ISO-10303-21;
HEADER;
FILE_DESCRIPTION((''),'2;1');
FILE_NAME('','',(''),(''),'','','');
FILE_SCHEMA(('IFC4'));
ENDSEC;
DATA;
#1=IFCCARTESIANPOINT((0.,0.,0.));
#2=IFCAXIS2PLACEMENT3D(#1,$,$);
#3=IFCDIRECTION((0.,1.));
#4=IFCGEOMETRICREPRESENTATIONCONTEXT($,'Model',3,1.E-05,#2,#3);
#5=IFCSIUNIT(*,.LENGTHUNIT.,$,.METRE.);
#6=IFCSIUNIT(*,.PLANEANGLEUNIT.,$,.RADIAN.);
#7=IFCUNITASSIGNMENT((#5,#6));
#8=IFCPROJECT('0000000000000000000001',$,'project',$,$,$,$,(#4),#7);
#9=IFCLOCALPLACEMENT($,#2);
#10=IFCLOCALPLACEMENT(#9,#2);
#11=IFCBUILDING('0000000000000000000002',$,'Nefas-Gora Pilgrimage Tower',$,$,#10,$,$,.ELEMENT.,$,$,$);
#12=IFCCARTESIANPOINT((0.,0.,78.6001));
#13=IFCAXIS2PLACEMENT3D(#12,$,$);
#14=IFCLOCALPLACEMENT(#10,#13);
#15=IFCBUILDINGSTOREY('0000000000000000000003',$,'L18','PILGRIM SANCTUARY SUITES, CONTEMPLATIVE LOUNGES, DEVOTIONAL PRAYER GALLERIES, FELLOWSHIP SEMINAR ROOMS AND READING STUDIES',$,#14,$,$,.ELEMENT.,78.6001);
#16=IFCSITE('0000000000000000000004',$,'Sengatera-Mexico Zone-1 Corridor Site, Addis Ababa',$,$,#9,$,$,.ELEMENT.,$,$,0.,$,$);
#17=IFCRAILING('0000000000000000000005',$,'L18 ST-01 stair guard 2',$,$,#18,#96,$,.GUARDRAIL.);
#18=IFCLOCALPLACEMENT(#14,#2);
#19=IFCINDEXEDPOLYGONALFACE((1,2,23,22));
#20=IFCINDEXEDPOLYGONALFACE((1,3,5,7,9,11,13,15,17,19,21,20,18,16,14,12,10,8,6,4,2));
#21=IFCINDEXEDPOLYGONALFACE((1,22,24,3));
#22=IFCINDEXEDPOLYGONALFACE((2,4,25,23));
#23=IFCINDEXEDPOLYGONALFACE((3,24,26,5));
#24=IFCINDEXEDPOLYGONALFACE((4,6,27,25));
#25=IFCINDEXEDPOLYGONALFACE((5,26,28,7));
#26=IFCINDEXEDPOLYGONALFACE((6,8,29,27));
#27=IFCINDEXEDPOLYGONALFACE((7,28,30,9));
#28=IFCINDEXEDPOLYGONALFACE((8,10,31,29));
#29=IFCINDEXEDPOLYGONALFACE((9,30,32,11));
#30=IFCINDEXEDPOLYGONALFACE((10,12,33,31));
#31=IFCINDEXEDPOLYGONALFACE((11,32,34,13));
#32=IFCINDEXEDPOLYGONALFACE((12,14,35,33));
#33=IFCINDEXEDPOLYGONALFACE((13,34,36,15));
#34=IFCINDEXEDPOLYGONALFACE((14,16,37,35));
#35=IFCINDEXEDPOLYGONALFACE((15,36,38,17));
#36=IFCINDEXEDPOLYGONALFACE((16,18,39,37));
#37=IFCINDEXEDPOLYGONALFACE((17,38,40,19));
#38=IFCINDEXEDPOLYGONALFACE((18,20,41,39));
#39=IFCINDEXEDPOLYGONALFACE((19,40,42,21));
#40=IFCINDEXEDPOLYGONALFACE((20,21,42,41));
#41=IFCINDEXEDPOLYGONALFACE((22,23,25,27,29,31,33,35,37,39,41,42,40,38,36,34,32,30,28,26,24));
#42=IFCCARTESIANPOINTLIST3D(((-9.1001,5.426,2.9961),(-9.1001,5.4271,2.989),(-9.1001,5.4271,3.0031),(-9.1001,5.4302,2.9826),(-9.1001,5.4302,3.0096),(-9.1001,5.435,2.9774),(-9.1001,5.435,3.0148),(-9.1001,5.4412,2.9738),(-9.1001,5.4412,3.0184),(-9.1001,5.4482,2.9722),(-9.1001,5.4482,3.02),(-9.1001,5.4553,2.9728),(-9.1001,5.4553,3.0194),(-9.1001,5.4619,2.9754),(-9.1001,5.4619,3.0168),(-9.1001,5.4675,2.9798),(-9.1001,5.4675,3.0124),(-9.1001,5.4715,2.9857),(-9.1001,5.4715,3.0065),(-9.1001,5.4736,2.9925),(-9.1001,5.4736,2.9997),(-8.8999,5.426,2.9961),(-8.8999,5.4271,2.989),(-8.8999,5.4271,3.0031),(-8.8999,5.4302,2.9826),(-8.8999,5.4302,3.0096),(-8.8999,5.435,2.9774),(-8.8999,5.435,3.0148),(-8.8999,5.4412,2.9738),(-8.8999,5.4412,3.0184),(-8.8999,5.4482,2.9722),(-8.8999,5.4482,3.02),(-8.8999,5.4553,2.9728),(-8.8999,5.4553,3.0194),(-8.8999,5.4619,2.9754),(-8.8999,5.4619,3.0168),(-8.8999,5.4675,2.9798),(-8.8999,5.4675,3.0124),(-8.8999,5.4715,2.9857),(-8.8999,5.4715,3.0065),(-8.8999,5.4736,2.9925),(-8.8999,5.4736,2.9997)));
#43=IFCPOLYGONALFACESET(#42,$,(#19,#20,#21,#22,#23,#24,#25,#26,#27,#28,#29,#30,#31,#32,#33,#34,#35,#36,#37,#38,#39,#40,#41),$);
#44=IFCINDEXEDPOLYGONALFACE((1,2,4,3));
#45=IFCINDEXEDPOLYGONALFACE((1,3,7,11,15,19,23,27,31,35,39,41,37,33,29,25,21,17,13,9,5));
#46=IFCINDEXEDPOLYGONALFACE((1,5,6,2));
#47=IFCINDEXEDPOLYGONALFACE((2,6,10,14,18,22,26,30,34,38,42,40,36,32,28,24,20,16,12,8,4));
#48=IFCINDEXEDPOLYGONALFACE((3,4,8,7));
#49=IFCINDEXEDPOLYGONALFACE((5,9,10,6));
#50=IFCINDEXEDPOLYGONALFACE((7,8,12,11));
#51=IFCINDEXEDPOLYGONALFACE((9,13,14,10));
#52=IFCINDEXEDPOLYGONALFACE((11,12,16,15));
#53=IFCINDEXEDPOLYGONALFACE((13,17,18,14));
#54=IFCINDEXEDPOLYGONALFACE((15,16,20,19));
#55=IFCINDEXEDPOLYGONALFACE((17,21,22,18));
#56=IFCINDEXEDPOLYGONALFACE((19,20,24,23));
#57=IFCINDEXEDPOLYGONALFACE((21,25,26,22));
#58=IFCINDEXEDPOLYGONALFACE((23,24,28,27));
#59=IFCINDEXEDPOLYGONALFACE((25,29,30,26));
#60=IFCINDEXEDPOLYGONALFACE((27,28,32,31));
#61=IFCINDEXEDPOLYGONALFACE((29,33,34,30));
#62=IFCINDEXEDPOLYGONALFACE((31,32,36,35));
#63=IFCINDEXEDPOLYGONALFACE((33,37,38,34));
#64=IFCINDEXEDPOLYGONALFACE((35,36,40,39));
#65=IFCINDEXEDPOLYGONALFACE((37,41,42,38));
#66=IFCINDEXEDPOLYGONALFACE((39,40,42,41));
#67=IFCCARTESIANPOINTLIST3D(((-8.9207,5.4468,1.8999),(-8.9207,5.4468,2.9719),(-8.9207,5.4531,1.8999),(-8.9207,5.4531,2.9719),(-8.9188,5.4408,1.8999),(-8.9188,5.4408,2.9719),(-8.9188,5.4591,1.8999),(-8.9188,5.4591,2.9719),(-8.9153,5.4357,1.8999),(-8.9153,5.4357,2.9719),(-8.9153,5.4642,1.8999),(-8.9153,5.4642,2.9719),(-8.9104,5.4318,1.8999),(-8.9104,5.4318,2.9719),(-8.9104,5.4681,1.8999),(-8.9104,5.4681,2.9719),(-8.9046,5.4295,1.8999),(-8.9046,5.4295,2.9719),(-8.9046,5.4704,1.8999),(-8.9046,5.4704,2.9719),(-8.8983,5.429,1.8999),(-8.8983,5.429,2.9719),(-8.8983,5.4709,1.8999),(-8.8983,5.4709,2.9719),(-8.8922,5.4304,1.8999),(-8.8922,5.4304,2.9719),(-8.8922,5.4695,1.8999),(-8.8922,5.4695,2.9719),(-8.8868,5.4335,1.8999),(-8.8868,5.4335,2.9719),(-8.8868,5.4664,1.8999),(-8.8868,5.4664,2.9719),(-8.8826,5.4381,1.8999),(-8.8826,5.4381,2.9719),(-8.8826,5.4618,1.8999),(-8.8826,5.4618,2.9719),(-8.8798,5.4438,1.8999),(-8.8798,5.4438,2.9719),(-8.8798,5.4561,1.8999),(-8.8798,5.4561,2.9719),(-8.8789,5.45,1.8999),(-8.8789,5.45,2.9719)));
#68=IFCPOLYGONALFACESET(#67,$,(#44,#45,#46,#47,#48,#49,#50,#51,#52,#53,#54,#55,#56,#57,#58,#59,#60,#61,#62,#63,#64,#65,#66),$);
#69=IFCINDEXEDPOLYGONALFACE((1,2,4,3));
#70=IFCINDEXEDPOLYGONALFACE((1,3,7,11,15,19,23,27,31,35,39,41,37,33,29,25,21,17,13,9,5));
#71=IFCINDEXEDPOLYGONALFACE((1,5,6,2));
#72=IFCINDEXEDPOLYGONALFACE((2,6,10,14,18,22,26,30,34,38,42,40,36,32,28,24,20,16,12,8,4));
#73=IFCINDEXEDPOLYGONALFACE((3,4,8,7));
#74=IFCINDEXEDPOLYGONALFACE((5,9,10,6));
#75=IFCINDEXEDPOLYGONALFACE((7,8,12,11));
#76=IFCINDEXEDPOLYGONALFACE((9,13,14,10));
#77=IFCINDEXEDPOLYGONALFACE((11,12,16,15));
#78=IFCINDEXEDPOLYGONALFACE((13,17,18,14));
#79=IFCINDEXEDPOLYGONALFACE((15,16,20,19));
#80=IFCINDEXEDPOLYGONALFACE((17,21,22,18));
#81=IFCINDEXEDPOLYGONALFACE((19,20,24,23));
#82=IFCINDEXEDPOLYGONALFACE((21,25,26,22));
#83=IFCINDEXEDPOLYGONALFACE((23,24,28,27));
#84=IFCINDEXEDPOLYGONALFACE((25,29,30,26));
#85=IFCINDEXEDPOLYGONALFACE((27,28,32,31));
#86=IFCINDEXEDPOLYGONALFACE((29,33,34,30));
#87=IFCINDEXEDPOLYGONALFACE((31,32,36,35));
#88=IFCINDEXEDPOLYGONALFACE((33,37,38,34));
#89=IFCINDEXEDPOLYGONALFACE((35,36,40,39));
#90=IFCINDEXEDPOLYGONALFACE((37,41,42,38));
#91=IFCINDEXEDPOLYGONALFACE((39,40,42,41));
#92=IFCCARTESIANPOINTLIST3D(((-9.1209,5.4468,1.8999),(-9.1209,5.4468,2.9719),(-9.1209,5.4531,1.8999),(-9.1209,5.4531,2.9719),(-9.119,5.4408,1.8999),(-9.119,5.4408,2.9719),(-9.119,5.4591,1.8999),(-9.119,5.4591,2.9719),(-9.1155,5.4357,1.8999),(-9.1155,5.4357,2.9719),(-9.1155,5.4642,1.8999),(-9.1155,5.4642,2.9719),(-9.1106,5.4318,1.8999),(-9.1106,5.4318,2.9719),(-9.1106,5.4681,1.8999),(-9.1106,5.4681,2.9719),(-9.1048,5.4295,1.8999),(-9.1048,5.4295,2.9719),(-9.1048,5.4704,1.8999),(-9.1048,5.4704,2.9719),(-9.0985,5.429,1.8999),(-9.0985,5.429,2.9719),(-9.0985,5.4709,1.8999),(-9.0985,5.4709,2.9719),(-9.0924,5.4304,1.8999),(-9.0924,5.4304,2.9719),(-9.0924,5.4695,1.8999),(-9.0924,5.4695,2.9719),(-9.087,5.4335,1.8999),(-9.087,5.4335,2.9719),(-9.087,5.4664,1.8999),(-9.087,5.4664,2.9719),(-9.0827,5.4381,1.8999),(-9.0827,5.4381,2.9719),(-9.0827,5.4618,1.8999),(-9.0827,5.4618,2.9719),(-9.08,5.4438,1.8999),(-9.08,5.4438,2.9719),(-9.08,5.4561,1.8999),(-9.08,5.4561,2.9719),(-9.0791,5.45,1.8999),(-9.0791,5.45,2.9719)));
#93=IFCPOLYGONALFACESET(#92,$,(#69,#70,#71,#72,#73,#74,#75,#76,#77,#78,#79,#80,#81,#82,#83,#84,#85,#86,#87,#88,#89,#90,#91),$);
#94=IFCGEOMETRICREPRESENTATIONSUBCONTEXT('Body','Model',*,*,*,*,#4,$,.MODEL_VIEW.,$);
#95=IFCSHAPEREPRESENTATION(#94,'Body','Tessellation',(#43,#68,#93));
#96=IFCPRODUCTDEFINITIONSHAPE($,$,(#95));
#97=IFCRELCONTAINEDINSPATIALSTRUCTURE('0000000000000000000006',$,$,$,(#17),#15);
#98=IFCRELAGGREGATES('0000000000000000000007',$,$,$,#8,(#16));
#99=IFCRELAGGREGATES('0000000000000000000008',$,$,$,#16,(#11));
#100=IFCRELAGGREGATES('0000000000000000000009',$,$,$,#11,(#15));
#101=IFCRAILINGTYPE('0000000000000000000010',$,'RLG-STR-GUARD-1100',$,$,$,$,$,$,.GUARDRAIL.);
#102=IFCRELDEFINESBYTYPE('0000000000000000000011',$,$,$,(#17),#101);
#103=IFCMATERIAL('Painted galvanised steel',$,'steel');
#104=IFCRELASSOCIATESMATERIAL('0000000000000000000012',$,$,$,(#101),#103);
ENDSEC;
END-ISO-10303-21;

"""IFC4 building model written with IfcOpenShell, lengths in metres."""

from ifc_helpers import new_model, si_unit, direction, frame, origin, origin_2d, place, context, subcontext, project, spatial, circle, extrude, material, type_object, element, save


model = new_model("IFC4")

# Units and contexts
model_context = context("Model", 3, precision=1e-05, world=origin(), true_north=direction((0.0, 1.0)))
body_context = subcontext(model_context, "Body", "Model", "MODEL_VIEW")
ifc_project = project(units=[si_unit("LENGTHUNIT", "METRE"), si_unit("PLANEANGLEUNIT", "RADIAN")], contexts=[model_context])

# Site, building, storey
site_placement = place(None, origin())
site = spatial("IfcSite", under=ifc_project, at=site_placement, Name="Sengatera-Mexico Zone-1 Corridor Site, Addis Ababa", CompositionType="ELEMENT", RefElevation=0.0)
building_placement = place(site_placement, origin())
building = spatial("IfcBuilding", under=site, at=building_placement, Name="Nefas-Gora Pilgrimage Tower", CompositionType="ELEMENT")
storey_placement = place(building_placement, frame((0.0, 0.0, 78.6001)))
storey = spatial("IfcBuildingStorey", under=building, at=storey_placement, Name="L18", Description="PILGRIM SANCTUARY SUITES, CONTEMPLATIVE LOUNGES, DEVOTIONAL PRAYER GALLERIES, FELLOWSHIP SEMINAR ROOMS AND READING STUDIES", CompositionType="ELEMENT", Elevation=78.6001)

# Railing
ifc_material_1 = material(Name="Painted galvanised steel", Category="steel")
railing_type_1 = type_object("IfcRailingType", Name="RLG-STR-GUARD-1100", PredefinedType="GUARDRAIL", material=ifc_material_1)
railing_1_placement = place(storey_placement, frame((-8.8999, 5.45, 1.8999)))
element("IfcRailing", 1, at=railing_1_placement, inside=storey, type_object=railing_type_1, Name="L18 ST-01 stair guard 2", PredefinedType="GUARDRAIL", context=body_context, shape_type="SweptSolid", body=[
    extrude(circle(Radius=0.0239, at=origin_2d()), frame((0.0, 0.0, 1.0962), z_axis=(-1.0, 0.0, 0.0), x_axis=(0.0, -1.0, 0.0)), (0.0, 0.0, 1.0), 0.2002),
    extrude(circle(Radius=0.021, at=origin_2d()), origin(), (0.0, 0.0, 1.0), 1.072),
    extrude(circle(Radius=0.021, at=origin_2d()), frame((-0.2002, 0.0, 0.0)), (0.0, 0.0, 1.0), 1.072),
])

save(model, "model.ifc")
